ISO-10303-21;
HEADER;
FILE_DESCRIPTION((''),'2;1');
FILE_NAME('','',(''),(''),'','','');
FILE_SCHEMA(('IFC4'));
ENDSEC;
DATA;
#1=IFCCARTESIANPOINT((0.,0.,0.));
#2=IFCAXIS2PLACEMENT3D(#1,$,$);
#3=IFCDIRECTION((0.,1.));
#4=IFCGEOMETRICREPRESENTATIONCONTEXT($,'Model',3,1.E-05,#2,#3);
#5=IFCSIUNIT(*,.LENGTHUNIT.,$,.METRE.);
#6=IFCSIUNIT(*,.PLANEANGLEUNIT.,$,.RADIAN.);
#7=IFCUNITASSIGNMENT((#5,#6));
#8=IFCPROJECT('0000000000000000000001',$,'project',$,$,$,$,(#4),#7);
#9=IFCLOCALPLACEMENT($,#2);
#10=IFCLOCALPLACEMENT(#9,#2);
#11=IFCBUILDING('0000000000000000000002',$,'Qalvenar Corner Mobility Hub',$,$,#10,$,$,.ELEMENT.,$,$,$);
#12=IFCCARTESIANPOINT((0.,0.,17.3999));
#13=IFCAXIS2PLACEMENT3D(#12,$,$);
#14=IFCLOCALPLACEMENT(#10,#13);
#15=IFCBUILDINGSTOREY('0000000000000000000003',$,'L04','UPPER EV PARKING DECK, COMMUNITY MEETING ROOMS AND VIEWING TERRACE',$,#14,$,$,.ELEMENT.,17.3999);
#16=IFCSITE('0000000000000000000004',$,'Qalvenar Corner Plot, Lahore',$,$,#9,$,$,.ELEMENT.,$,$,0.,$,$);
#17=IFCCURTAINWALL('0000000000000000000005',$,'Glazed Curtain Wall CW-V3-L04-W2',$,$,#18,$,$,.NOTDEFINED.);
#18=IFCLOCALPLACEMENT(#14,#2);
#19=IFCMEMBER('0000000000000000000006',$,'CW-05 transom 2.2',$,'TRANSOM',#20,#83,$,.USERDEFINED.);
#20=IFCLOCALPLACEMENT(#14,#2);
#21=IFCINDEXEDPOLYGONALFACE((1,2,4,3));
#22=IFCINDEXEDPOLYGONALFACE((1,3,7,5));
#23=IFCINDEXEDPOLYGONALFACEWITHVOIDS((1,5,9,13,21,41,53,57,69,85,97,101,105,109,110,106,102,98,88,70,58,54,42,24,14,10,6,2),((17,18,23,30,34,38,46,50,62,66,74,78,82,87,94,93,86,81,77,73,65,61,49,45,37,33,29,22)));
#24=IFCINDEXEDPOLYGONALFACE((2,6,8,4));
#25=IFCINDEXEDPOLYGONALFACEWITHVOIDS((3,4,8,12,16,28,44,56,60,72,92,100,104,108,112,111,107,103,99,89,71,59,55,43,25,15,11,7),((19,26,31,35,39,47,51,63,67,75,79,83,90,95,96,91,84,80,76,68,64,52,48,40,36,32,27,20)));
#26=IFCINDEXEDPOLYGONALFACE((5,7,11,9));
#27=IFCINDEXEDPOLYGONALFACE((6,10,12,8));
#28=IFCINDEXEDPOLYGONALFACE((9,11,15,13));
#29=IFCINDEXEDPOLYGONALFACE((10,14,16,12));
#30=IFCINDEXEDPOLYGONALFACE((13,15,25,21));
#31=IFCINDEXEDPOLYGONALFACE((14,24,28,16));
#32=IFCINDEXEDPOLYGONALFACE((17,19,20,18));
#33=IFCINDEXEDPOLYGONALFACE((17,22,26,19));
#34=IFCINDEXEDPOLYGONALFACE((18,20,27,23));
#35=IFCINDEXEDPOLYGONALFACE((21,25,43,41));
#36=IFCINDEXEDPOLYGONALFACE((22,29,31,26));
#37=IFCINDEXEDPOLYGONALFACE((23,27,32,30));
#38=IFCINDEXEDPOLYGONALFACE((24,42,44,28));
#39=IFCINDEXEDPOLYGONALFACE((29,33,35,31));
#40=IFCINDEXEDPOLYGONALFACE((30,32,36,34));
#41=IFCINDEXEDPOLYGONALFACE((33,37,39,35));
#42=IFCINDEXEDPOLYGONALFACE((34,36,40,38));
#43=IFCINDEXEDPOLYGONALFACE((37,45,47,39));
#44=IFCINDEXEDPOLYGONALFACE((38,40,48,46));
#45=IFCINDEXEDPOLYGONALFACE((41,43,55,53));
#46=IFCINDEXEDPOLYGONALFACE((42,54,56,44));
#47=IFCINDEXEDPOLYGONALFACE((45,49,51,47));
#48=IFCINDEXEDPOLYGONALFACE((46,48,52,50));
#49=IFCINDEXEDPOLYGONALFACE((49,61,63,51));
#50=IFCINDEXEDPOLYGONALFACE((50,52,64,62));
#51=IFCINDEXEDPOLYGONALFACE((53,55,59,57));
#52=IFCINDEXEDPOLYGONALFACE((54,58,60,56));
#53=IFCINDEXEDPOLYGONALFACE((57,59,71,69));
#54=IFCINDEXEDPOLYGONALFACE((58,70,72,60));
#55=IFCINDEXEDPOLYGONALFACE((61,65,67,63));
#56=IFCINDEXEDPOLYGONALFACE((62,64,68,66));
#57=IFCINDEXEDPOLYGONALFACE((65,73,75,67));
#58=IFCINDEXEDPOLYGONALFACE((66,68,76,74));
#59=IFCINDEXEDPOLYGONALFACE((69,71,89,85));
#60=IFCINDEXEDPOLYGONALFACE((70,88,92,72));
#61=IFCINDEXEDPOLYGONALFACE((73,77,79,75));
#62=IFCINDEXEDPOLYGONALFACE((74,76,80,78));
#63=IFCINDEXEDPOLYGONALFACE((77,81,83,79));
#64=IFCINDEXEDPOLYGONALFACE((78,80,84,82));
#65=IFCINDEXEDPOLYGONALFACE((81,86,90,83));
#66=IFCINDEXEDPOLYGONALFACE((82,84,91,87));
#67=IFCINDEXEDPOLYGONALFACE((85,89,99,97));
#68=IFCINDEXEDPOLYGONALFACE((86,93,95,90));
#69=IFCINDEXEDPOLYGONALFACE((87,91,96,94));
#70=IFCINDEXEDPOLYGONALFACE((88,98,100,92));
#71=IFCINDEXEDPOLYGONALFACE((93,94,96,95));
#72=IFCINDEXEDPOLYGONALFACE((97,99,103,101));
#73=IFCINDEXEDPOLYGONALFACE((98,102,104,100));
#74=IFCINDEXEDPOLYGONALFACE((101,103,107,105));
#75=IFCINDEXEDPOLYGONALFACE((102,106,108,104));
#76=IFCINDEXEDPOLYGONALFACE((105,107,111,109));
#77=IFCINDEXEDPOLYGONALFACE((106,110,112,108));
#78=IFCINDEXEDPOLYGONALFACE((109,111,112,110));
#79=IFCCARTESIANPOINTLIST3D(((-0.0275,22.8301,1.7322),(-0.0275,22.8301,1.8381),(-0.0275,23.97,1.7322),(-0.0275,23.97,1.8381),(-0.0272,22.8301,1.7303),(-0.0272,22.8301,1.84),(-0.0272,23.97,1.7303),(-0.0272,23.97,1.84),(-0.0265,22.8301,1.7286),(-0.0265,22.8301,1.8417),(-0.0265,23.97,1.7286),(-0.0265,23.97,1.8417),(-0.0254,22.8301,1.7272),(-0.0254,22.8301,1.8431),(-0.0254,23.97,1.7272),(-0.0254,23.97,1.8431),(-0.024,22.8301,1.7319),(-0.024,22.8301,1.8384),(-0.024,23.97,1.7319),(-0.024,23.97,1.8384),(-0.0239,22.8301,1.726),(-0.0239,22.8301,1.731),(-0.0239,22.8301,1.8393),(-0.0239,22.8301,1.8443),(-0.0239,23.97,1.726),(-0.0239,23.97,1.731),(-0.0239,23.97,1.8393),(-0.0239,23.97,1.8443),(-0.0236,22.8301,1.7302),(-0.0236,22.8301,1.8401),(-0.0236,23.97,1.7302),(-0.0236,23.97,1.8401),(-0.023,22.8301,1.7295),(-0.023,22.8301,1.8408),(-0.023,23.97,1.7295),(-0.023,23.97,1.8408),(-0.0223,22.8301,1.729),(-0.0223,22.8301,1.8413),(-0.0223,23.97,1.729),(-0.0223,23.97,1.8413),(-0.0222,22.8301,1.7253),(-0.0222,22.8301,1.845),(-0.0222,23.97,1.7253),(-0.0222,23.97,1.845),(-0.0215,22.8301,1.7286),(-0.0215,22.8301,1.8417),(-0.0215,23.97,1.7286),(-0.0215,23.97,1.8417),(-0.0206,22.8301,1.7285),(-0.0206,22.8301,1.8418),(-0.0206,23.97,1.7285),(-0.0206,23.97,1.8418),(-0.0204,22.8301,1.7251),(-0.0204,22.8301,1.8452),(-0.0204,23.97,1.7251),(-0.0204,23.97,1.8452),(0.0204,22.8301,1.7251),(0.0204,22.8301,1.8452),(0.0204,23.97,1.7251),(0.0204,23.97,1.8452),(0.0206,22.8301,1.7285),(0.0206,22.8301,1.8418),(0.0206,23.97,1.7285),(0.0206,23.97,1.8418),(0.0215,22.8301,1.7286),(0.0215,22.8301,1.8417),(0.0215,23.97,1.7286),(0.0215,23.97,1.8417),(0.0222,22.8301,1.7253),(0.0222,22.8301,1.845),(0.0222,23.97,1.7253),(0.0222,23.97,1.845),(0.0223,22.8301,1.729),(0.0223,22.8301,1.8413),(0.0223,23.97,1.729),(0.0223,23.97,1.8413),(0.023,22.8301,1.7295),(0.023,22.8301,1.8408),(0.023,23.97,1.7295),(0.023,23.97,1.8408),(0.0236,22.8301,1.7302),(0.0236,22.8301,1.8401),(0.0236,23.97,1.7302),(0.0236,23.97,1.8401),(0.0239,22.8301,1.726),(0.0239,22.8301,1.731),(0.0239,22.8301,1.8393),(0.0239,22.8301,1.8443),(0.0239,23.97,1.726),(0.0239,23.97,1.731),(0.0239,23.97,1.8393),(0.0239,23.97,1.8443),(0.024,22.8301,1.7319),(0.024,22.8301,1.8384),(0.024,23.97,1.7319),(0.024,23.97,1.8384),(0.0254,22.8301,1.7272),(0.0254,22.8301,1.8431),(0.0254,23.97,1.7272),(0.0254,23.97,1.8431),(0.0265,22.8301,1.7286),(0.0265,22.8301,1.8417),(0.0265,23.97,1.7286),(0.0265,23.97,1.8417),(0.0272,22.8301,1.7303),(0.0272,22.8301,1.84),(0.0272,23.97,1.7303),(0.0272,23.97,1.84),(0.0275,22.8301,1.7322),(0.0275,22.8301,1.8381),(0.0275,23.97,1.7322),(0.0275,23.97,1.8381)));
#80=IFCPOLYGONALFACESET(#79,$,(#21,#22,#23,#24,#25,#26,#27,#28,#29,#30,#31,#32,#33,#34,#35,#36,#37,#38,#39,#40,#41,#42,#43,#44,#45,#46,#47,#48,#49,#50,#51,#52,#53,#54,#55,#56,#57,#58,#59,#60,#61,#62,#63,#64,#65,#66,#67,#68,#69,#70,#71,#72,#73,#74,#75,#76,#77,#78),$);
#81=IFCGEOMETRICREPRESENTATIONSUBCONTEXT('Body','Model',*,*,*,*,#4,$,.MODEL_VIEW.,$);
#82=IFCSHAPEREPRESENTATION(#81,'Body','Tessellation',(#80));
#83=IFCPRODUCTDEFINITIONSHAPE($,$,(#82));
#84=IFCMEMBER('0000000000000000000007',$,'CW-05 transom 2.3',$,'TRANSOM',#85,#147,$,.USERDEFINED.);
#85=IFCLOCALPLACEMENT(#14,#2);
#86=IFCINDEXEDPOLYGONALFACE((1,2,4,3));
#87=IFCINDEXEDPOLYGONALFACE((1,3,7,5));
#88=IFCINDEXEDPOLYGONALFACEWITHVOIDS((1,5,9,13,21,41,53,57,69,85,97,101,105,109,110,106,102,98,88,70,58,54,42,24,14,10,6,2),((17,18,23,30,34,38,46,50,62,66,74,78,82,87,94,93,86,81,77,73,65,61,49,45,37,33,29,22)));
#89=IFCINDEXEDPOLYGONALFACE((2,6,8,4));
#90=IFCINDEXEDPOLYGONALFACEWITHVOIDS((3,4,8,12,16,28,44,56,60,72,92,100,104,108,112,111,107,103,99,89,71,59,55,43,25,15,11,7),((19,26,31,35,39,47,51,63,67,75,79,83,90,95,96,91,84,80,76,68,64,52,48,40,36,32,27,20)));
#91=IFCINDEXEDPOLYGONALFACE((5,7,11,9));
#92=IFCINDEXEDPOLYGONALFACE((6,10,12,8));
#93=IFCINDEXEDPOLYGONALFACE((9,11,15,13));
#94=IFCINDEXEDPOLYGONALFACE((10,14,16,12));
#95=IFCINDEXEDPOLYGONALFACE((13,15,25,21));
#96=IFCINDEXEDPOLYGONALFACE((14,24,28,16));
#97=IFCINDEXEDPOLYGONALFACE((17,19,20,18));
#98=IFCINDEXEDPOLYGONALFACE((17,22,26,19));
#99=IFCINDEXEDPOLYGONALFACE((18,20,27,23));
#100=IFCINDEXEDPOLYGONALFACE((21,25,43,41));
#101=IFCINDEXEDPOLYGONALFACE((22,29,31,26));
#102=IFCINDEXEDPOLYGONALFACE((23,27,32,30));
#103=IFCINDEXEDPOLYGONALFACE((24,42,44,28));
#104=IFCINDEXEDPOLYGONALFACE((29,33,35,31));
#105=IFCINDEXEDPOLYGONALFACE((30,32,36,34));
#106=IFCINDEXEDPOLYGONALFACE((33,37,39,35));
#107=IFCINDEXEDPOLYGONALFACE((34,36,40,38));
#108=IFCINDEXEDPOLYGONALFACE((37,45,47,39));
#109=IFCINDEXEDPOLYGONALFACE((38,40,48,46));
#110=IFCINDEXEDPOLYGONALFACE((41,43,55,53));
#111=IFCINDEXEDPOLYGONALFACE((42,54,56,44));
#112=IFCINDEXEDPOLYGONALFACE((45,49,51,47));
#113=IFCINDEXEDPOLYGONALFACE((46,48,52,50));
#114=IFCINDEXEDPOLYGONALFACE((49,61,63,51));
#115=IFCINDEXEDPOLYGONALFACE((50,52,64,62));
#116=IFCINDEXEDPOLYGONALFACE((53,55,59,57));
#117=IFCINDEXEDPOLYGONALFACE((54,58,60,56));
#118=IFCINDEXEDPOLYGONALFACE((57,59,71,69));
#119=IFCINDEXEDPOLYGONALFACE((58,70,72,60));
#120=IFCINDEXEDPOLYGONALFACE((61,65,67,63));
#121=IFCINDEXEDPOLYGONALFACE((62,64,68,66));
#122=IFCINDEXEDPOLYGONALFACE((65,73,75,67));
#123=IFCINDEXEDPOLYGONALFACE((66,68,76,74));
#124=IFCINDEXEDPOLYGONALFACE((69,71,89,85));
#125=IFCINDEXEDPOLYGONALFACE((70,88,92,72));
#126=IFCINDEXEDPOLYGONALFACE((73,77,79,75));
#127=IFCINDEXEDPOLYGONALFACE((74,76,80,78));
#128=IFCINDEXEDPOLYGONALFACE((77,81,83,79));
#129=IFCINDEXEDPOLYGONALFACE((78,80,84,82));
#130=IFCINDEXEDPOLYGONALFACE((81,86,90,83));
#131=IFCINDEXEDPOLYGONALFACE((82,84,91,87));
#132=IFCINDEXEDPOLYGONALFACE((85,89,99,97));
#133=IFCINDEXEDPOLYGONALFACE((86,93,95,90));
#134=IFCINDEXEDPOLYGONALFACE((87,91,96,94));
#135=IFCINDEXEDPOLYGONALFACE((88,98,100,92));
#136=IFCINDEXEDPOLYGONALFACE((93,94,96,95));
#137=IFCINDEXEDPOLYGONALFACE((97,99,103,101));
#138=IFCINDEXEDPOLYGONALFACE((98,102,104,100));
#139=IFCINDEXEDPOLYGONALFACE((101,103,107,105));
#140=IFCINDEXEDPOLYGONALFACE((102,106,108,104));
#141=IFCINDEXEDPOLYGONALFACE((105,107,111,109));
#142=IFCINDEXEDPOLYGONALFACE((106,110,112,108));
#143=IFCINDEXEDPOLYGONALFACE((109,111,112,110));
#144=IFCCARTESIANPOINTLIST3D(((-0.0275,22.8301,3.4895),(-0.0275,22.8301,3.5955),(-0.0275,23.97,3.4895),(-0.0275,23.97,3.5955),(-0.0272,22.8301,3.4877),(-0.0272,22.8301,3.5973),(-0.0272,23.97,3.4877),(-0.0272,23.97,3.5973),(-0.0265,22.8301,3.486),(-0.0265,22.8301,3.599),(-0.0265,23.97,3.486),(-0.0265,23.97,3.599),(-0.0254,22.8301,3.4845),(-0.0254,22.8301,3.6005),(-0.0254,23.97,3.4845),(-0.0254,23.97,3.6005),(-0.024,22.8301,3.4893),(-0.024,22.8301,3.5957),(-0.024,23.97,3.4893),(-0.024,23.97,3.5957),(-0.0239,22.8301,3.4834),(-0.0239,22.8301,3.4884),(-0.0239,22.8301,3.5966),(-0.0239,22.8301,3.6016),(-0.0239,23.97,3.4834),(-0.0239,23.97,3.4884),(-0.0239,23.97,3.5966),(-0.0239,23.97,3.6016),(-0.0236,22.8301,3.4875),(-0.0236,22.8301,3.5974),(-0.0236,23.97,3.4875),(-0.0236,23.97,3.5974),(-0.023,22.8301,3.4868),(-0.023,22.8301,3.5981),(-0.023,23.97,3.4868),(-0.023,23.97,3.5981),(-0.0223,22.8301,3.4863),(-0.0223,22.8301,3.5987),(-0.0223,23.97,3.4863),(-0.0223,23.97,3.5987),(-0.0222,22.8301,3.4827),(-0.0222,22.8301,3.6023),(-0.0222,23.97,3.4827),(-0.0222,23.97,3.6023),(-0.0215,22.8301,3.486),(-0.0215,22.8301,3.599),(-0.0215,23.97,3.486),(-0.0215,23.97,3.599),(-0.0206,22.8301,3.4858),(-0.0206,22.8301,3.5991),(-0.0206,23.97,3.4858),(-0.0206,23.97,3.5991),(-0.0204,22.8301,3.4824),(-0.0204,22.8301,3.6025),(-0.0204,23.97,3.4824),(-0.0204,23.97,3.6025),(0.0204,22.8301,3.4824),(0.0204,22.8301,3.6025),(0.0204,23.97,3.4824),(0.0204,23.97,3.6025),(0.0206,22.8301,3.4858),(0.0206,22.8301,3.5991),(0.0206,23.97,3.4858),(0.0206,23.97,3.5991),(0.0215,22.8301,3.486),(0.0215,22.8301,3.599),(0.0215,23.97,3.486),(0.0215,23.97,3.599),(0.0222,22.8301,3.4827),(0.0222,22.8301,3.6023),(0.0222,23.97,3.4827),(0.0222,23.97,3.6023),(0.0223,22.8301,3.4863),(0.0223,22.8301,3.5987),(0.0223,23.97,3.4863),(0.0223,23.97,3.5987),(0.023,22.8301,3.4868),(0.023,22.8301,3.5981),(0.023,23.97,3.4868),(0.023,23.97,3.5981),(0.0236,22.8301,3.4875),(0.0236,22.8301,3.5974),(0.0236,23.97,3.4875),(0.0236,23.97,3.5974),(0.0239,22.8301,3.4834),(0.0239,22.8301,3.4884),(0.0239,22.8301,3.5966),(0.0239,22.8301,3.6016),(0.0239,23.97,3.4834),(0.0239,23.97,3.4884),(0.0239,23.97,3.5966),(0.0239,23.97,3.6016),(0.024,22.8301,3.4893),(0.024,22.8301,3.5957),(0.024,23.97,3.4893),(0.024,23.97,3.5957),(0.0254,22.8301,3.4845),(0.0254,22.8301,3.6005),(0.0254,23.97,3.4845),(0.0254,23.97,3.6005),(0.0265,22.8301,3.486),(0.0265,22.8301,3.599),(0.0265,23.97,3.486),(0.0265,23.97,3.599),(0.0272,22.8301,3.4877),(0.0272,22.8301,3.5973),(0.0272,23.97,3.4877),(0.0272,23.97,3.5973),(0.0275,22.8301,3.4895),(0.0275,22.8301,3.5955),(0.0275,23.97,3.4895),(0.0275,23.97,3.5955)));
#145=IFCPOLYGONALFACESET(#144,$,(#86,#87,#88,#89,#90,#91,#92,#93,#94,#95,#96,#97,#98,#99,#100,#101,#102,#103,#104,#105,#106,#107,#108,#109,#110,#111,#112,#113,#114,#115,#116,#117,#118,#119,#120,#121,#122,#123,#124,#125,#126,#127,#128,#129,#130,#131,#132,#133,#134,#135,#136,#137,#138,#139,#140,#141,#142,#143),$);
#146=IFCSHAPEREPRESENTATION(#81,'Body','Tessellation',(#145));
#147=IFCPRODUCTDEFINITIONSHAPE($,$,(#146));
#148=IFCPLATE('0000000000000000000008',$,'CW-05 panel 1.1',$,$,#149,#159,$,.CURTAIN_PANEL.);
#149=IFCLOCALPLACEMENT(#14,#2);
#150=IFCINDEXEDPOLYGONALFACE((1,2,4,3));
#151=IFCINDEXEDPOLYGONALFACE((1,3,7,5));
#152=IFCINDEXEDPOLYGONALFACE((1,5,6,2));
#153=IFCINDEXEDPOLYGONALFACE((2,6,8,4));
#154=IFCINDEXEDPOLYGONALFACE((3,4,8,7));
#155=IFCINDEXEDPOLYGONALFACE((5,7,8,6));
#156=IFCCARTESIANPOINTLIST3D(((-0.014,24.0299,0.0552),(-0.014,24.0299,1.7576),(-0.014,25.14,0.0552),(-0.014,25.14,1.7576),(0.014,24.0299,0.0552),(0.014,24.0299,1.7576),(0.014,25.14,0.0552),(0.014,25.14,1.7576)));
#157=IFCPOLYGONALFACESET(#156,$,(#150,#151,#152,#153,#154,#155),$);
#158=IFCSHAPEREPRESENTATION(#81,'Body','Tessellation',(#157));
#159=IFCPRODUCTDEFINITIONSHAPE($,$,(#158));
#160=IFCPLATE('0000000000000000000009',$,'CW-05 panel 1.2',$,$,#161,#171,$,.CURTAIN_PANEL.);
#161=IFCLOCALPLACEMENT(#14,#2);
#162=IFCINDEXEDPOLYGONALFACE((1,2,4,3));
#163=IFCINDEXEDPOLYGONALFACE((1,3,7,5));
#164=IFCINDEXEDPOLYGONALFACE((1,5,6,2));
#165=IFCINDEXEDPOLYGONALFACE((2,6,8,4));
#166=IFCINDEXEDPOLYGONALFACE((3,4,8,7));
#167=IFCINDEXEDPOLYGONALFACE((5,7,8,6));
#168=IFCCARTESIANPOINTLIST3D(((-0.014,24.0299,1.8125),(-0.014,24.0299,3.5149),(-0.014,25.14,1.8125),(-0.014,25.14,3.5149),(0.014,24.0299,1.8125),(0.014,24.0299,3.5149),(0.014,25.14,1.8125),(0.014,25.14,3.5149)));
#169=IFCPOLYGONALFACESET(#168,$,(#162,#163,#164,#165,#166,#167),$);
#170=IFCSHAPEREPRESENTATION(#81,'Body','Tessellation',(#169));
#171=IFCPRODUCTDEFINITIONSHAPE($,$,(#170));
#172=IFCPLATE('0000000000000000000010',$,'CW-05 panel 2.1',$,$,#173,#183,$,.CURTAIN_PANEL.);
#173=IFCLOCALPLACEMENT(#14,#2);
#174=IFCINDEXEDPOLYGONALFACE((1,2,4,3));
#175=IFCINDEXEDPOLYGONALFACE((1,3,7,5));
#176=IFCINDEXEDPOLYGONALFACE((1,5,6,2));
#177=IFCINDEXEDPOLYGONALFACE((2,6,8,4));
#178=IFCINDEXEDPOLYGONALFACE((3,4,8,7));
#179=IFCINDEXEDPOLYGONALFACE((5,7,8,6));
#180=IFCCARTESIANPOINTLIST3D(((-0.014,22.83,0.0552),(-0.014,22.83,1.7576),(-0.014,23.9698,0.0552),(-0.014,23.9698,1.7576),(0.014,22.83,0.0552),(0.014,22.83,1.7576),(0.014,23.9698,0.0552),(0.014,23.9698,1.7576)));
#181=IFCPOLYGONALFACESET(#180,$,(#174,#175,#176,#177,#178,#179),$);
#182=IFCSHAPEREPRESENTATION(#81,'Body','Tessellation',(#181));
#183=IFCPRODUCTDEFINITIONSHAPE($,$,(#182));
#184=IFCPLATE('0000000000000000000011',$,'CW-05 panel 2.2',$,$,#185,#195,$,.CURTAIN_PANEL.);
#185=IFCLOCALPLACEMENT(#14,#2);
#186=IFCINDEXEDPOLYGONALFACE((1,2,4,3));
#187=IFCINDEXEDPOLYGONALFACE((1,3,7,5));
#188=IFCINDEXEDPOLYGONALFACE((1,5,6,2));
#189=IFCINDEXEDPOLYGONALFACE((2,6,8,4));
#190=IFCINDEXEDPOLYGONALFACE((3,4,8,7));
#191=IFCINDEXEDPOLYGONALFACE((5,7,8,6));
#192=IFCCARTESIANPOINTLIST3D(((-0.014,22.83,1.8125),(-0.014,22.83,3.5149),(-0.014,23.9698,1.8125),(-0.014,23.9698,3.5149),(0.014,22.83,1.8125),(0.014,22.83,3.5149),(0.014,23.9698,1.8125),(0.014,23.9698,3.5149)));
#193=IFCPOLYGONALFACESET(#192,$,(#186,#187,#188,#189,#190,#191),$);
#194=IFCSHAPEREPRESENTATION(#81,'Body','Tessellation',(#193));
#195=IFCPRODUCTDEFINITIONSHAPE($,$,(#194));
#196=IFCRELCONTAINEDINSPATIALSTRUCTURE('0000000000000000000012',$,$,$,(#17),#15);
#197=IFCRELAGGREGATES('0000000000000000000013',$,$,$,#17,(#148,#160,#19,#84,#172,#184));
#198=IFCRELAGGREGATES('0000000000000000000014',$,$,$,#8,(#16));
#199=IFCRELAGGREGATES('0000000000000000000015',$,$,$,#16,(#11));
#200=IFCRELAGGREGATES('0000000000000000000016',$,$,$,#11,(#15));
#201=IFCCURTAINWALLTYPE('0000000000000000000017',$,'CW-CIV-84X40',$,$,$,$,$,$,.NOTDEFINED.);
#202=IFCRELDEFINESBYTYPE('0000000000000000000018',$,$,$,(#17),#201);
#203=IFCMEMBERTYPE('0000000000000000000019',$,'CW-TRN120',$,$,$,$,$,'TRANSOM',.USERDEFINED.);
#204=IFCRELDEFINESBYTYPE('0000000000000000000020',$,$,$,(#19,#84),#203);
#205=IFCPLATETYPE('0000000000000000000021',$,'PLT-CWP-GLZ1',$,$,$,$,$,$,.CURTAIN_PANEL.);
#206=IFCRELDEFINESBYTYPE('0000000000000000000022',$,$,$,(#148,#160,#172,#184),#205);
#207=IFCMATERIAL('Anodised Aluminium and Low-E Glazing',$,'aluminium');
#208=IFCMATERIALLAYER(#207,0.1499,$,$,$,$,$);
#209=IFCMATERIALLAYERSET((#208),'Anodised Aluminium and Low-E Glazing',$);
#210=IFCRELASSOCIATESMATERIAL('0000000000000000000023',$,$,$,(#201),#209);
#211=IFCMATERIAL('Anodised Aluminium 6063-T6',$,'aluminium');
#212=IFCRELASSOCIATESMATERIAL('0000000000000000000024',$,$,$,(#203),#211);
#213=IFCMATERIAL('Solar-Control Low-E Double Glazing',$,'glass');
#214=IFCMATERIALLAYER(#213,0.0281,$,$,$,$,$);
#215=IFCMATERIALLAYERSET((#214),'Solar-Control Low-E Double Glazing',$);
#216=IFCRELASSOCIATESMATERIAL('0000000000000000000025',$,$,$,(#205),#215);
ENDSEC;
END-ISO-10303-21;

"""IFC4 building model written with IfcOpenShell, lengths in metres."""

from ifc_helpers import new_model, si_unit, direction, frame, origin, origin_2d, place, context, subcontext, project, spatial, rectangle, hollow_rectangle, extrude, material, layer, layer_set, material_profile, profile_set, type_object, element, aggregate, save


model = new_model("IFC4")

# Units and contexts
model_context = context("Model", 3, precision=1e-05, world=origin(), true_north=direction((0.0, 1.0)))
body_context = subcontext(model_context, "Body", "Model", "MODEL_VIEW")
ifc_project = project(units=[si_unit("LENGTHUNIT", "METRE"), si_unit("PLANEANGLEUNIT", "RADIAN")], contexts=[model_context])

# Site, building, storey
site_placement = place(None, origin())
site = spatial("IfcSite", under=ifc_project, at=site_placement, Name="Qalvenar Corner Plot, Lahore", CompositionType="ELEMENT", RefElevation=0.0)
building_placement = place(site_placement, origin())
building = spatial("IfcBuilding", under=site, at=building_placement, Name="Qalvenar Corner Mobility Hub", CompositionType="ELEMENT")
storey_placement = place(building_placement, frame((0.0, 0.0, 17.3999)))
storey = spatial("IfcBuildingStorey", under=building, at=storey_placement, Name="L04", Description="UPPER EV PARKING DECK, COMMUNITY MEETING ROOMS AND VIEWING TERRACE", CompositionType="ELEMENT", Elevation=17.3999)

# Curtain wall, members, plates
ifc_material_1 = material(Name="Anodised Aluminium and Low-E Glazing", Category="aluminium")
ifc_layer_1 = layer(ifc_material_1, 0.1499)
ifc_layer_set_1 = layer_set([ifc_layer_1], Name="Anodised Aluminium and Low-E Glazing")
curtain_wall_type = type_object("IfcCurtainWallType", Name="CW-CIV-84X40", PredefinedType="NOTDEFINED", material=ifc_layer_set_1)
curtain_wall_placement = place(storey_placement, origin())
curtain_wall = element("IfcCurtainWall", 1, at=curtain_wall_placement, inside=storey, type_object=curtain_wall_type, Name="Glazed Curtain Wall CW-V3-L04-W2", PredefinedType="NOTDEFINED")
ifc_material_2 = material(Name="Anodised Aluminium 6063-T6", Category="aluminium")
ifc_material_profile_1 = material_profile(ifc_material_2, hollow_rectangle(XDim=0.0549, YDim=0.1201, WallThickness=0.0034, InnerFilletRadius=0.0034, OuterFilletRadius=0.0071, at=origin_2d()), Name="RHS120x55x3.5")
ifc_profile_set_1 = profile_set([ifc_material_profile_1], Name="Anodised Aluminium 6063-T6")
member_type_1 = type_object("IfcMemberType", Name="CW-TRN120", ElementType="TRANSOM", PredefinedType="USERDEFINED", material=ifc_profile_set_1)
member_1_placement = place(storey_placement, frame((0.0, 23.97, 1.7852), z_axis=(0.0, -1.0, 0.0), x_axis=(1.0, 0.0, 0.0)))
member_1 = element("IfcMember", 2, at=member_1_placement, type_object=member_type_1, Name="CW-05 transom 2.2", ObjectType="TRANSOM", PredefinedType="USERDEFINED", context=body_context, shape_type="SweptSolid", body=[
    extrude(hollow_rectangle(XDim=0.0549, YDim=0.1201, WallThickness=0.0034, InnerFilletRadius=0.0034, OuterFilletRadius=0.0071, at=origin_2d()), origin(), (0.0, 0.0, 1.0), 1.1399),
])
member_2_placement = place(storey_placement, frame((0.0, 23.97, 3.5425), z_axis=(0.0, -1.0, 0.0), x_axis=(1.0, 0.0, 0.0)))
member_2 = element("IfcMember", 3, at=member_2_placement, type_object=member_type_1, Name="CW-05 transom 2.3", ObjectType="TRANSOM", PredefinedType="USERDEFINED", context=body_context, shape_type="SweptSolid", body=[
    extrude(hollow_rectangle(XDim=0.0549, YDim=0.1201, WallThickness=0.0034, InnerFilletRadius=0.0034, OuterFilletRadius=0.0071, at=origin_2d()), origin(), (0.0, 0.0, 1.0), 1.1399),
])
ifc_material_3 = material(Name="Solar-Control Low-E Double Glazing", Category="glass")
ifc_layer_2 = layer(ifc_material_3, 0.0281)
ifc_layer_set_2 = layer_set([ifc_layer_2], Name="Solar-Control Low-E Double Glazing")
plate_type = type_object("IfcPlateType", Name="PLT-CWP-GLZ1", PredefinedType="CURTAIN_PANEL", material=ifc_layer_set_2)
plate_1_placement = place(storey_placement, frame((0.0, 24.585, 0.0552), z_axis=(0.0, 0.0, 1.0), x_axis=(0.0, -1.0, 0.0)))
plate_1 = element("IfcPlate", 4, at=plate_1_placement, type_object=plate_type, Name="CW-05 panel 1.1", PredefinedType="CURTAIN_PANEL", context=body_context, shape_type="SweptSolid", body=[
    extrude(rectangle(XDim=1.1101, YDim=0.0281, at=origin_2d()), origin(), (0.0, 0.0, 1.0), 1.7024),
])
plate_2_placement = place(storey_placement, frame((0.0, 24.585, 1.8125), z_axis=(0.0, 0.0, 1.0), x_axis=(0.0, -1.0, 0.0)))
plate_2 = element("IfcPlate", 5, at=plate_2_placement, type_object=plate_type, Name="CW-05 panel 1.2", PredefinedType="CURTAIN_PANEL", context=body_context, shape_type="SweptSolid", body=[
    extrude(rectangle(XDim=1.1101, YDim=0.0281, at=origin_2d()), origin(), (0.0, 0.0, 1.0), 1.7024),
])
plate_3_placement = place(storey_placement, frame((0.0, 23.3999, 0.0552), z_axis=(0.0, 0.0, 1.0), x_axis=(0.0, -1.0, 0.0)))
plate_3 = element("IfcPlate", 6, at=plate_3_placement, type_object=plate_type, Name="CW-05 panel 2.1", PredefinedType="CURTAIN_PANEL", context=body_context, shape_type="SweptSolid", body=[
    extrude(rectangle(XDim=1.1399, YDim=0.0281, at=origin_2d()), origin(), (0.0, 0.0, 1.0), 1.7024),
])
plate_4_placement = place(storey_placement, frame((0.0, 23.3999, 1.8125), z_axis=(0.0, 0.0, 1.0), x_axis=(0.0, -1.0, 0.0)))
plate_4 = element("IfcPlate", 7, at=plate_4_placement, type_object=plate_type, Name="CW-05 panel 2.2", PredefinedType="CURTAIN_PANEL", context=body_context, shape_type="SweptSolid", body=[
    extrude(rectangle(XDim=1.1399, YDim=0.0281, at=origin_2d()), origin(), (0.0, 0.0, 1.0), 1.7024),
])
aggregate(curtain_wall, [plate_1, plate_2, member_1, member_2, plate_3, plate_4])

save(model, "model.ifc")
